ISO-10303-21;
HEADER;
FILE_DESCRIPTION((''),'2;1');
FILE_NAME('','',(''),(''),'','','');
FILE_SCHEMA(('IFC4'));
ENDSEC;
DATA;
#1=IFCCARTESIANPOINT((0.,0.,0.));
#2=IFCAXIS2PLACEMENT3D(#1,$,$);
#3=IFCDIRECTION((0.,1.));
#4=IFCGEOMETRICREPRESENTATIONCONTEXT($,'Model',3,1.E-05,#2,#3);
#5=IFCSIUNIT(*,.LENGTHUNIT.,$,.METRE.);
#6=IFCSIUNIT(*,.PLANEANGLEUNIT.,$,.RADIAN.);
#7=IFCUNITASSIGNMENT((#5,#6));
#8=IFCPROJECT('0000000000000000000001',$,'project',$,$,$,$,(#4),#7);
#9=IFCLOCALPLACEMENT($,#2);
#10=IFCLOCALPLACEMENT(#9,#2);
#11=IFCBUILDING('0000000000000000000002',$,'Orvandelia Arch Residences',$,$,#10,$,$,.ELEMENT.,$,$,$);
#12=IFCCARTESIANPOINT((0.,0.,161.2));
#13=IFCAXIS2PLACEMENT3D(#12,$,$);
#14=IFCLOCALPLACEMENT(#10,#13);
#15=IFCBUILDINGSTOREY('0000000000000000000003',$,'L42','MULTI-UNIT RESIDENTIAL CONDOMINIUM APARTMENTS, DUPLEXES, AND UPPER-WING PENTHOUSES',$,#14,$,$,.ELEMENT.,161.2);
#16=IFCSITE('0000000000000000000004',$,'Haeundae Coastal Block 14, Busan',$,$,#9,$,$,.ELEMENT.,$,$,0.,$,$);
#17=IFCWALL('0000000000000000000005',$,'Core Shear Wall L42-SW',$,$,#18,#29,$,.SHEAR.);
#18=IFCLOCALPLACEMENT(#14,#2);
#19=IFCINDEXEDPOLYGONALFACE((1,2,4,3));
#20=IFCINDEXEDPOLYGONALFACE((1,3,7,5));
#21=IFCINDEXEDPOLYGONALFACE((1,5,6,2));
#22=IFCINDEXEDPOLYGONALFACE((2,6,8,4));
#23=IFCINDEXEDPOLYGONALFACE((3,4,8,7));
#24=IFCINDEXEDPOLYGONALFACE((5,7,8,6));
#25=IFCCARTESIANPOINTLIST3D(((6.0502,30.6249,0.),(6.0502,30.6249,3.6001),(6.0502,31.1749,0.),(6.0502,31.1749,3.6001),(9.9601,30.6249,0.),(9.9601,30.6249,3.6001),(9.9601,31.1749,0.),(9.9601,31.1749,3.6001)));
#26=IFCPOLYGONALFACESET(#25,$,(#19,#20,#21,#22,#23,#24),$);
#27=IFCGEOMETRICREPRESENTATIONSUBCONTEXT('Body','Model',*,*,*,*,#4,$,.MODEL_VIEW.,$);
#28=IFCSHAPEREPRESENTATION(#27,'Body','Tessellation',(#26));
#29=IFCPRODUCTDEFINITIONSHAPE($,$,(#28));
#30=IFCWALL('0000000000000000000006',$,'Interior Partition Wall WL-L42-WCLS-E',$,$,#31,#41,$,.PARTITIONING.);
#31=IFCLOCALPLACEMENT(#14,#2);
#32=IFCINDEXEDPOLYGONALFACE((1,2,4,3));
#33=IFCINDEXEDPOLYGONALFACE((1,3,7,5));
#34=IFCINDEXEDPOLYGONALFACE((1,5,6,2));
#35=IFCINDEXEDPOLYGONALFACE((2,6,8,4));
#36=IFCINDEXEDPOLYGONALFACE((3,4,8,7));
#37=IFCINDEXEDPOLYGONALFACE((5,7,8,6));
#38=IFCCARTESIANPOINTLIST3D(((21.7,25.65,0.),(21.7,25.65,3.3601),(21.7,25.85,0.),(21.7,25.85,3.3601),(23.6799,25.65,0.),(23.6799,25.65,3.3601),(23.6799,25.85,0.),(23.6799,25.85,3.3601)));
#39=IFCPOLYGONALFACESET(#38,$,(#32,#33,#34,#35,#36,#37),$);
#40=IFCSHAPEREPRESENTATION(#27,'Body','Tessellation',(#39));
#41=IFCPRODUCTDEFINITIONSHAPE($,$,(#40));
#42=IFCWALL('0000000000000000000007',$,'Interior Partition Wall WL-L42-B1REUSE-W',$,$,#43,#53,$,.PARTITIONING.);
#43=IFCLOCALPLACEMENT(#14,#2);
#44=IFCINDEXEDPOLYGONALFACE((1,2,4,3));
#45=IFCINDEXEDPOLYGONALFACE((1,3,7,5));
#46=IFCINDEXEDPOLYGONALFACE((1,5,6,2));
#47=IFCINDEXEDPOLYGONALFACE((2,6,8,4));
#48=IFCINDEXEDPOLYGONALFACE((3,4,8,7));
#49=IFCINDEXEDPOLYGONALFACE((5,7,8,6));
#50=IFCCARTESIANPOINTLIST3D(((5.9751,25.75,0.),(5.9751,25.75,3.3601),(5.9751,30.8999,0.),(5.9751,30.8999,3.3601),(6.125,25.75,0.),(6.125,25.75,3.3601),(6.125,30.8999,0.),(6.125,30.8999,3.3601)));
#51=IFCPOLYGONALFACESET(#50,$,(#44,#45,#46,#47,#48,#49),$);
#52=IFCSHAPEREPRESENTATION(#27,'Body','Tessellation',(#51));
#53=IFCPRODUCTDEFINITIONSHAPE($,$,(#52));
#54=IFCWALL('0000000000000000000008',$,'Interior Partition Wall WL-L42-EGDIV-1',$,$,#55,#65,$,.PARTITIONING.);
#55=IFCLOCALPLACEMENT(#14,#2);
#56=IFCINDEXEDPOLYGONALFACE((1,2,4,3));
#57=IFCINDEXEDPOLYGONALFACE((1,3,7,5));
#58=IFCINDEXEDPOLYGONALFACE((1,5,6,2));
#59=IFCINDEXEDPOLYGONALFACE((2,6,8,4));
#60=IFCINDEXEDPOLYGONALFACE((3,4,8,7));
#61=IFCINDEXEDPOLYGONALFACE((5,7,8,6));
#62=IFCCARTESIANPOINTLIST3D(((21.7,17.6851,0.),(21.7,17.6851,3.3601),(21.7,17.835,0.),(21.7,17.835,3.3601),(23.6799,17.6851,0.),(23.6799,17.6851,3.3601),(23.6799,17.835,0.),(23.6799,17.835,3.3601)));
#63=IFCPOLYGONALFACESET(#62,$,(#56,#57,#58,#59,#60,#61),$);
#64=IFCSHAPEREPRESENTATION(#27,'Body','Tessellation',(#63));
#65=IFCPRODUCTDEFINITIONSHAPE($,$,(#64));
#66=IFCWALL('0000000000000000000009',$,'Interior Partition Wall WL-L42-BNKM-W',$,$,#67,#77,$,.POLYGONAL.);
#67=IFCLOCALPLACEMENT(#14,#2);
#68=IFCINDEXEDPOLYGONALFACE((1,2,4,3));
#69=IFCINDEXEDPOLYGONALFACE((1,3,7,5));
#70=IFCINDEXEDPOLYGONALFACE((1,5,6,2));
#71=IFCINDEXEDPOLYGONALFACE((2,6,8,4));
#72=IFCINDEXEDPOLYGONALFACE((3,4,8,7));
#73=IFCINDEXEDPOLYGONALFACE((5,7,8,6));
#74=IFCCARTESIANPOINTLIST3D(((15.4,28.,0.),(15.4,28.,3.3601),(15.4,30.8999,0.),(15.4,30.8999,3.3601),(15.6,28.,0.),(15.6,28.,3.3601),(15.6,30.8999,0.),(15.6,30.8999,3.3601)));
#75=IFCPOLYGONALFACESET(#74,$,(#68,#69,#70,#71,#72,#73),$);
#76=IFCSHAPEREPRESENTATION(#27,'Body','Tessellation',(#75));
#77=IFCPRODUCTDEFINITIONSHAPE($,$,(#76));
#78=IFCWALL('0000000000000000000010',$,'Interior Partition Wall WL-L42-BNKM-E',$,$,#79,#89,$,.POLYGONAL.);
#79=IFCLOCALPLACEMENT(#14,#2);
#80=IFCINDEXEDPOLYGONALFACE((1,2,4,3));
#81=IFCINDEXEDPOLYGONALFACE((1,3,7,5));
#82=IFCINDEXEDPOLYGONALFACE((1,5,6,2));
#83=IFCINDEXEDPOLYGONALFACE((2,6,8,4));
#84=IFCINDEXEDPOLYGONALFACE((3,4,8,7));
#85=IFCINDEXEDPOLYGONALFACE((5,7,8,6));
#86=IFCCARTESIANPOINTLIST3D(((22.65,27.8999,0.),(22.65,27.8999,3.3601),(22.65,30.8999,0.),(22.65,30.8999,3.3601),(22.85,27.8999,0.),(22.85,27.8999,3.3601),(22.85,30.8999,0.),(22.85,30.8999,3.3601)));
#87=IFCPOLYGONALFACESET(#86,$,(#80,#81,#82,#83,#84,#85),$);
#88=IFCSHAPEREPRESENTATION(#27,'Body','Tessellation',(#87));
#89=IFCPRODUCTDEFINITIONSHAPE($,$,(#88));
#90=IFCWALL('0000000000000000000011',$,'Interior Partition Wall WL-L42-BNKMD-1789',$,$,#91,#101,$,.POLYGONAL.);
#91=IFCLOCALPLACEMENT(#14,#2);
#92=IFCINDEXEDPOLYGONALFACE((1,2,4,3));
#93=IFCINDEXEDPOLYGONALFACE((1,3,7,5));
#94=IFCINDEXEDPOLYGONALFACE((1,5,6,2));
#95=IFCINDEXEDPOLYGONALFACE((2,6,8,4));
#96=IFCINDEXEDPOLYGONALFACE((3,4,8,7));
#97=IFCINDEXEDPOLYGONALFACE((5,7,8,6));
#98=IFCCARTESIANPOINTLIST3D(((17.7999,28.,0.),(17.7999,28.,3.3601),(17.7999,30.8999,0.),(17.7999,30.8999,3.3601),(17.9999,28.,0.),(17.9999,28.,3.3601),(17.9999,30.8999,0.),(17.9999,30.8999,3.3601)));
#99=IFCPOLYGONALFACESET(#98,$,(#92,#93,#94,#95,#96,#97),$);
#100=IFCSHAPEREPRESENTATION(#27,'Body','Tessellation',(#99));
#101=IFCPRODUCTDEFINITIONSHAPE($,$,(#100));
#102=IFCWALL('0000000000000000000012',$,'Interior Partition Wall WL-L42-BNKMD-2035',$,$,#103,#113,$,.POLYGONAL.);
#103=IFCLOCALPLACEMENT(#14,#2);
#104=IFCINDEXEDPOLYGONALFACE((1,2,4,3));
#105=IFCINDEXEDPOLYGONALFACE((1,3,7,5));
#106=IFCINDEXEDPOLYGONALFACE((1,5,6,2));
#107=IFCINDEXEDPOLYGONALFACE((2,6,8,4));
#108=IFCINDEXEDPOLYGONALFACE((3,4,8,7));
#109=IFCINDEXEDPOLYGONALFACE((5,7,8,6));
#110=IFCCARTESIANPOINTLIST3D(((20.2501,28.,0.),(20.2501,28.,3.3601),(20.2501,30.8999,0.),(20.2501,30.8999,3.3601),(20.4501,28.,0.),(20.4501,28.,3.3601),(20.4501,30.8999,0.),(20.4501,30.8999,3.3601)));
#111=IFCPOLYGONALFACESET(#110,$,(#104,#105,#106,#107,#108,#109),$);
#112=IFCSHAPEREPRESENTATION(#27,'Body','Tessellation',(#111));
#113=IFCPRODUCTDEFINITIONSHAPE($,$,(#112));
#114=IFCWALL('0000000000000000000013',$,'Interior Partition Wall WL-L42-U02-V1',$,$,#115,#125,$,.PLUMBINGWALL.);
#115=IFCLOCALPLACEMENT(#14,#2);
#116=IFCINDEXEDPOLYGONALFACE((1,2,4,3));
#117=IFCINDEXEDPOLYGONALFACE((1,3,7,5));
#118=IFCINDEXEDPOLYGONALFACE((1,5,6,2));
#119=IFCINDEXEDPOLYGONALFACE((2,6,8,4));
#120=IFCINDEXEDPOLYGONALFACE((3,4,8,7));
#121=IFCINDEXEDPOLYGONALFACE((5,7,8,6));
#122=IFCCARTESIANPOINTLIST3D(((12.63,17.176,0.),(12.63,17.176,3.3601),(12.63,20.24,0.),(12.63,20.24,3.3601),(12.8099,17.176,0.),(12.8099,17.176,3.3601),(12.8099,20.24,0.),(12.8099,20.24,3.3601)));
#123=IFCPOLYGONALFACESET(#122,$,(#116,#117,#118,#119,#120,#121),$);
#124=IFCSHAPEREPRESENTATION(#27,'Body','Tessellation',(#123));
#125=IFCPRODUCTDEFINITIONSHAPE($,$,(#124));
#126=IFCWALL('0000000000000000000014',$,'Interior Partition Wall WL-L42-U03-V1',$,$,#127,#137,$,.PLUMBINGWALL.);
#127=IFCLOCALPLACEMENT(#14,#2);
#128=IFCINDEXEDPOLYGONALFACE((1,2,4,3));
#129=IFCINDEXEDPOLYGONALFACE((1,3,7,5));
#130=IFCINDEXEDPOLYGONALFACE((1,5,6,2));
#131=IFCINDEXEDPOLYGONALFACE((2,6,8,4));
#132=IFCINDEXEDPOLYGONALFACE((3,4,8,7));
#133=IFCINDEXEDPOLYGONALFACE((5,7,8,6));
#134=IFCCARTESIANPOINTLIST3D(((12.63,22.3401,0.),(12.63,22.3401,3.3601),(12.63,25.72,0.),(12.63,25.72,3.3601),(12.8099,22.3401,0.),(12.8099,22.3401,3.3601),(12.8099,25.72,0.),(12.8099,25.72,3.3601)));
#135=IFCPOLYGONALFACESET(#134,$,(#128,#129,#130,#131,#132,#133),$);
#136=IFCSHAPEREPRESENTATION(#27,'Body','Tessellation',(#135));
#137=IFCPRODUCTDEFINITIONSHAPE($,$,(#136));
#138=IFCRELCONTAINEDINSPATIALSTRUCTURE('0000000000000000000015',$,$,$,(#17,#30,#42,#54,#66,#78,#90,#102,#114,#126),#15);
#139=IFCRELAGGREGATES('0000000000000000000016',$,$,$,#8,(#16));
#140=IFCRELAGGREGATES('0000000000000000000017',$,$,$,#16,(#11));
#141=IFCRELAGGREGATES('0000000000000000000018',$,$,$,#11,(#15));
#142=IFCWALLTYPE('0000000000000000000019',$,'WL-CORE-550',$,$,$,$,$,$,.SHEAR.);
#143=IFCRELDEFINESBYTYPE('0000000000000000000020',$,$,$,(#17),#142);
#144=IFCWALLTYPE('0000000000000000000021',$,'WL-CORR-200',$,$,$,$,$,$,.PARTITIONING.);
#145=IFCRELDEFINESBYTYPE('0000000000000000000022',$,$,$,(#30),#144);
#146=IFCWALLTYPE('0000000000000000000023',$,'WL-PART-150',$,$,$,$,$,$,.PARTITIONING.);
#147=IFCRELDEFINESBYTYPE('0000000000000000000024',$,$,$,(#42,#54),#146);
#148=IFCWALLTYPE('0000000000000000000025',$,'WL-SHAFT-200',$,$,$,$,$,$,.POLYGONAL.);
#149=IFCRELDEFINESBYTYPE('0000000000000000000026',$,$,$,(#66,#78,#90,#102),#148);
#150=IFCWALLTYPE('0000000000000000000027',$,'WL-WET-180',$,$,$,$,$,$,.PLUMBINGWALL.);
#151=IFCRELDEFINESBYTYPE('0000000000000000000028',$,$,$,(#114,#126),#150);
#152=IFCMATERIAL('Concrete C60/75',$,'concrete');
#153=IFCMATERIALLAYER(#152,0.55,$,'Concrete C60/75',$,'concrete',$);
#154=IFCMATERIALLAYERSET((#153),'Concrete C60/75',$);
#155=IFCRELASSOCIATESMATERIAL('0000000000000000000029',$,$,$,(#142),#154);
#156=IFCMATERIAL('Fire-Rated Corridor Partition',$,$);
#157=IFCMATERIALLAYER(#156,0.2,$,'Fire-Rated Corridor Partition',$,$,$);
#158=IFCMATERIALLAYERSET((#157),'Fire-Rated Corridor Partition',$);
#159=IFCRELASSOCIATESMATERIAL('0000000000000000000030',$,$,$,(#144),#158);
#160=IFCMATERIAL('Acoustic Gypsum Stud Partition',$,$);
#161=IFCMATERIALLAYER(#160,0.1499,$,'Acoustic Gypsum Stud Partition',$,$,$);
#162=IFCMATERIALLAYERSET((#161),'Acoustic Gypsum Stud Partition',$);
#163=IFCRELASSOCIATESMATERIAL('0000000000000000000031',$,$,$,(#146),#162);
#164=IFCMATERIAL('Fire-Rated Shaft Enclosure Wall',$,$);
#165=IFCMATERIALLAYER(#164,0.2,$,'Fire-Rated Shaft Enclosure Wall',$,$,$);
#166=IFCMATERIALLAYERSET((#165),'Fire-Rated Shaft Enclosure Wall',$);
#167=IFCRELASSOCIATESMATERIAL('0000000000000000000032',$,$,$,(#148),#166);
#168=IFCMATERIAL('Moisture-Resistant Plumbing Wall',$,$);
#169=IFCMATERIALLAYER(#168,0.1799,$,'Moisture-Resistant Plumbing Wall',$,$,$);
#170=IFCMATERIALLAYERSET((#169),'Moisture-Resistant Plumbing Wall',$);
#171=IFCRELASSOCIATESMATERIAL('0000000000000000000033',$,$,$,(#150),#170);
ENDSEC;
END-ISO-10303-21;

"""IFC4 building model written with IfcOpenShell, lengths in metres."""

from ifc_helpers import new_model, si_unit, direction, frame, frame_2d, origin, place, context, subcontext, project, spatial, rectangle, extrude, material, layer, layer_set, type_object, element, save


model = new_model("IFC4")

# Units and contexts
model_context = context("Model", 3, precision=1e-05, world=origin(), true_north=direction((0.0, 1.0)))
body_context = subcontext(model_context, "Body", "Model", "MODEL_VIEW")
ifc_project = project(units=[si_unit("LENGTHUNIT", "METRE"), si_unit("PLANEANGLEUNIT", "RADIAN")], contexts=[model_context])

# Site, building, storey
site_placement = place(None, origin())
site = spatial("IfcSite", under=ifc_project, at=site_placement, Name="Haeundae Coastal Block 14, Busan", CompositionType="ELEMENT", RefElevation=0.0)
building_placement = place(site_placement, origin())
building = spatial("IfcBuilding", under=site, at=building_placement, Name="Orvandelia Arch Residences", CompositionType="ELEMENT")
storey_placement = place(building_placement, frame((0.0, 0.0, 161.2)))
storey = spatial("IfcBuildingStorey", under=building, at=storey_placement, Name="L42", Description="MULTI-UNIT RESIDENTIAL CONDOMINIUM APARTMENTS, DUPLEXES, AND UPPER-WING PENTHOUSES", CompositionType="ELEMENT", Elevation=161.2)

# Shared definitions
ifc_material_1 = material(Name="Concrete C60/75", Category="concrete")

# Shared definitions
ifc_layer_1 = layer(ifc_material_1, 0.55, Name="Concrete C60/75", Category="concrete")
ifc_layer_set_1 = layer_set([ifc_layer_1], Name="Concrete C60/75")
wall_type_1 = type_object("IfcWallType", Name="WL-CORE-550", PredefinedType="SHEAR", material=ifc_layer_set_1)

# Walls
wall_1_placement = place(storey_placement, frame((6.05, 30.8999, 0.0), z_axis=(0.0, 0.0, 1.0), x_axis=(1.0, 0.0, 0.0)))
element("IfcWall", 1, at=wall_1_placement, inside=storey, type_object=wall_type_1, Name="Core Shear Wall L42-SW", PredefinedType="SHEAR", context=body_context, shape_type="SweptSolid", body=[
    extrude(rectangle(XDim=3.9099, YDim=0.55, at=frame_2d((1.9551, 0.0))), origin(), (0.0, 0.0, 1.0), 3.6001),
])
ifc_material_2 = material(Name="Fire-Rated Corridor Partition")
ifc_layer_2 = layer(ifc_material_2, 0.2, Name="Fire-Rated Corridor Partition")
ifc_layer_set_2 = layer_set([ifc_layer_2], Name="Fire-Rated Corridor Partition")
wall_type_2 = type_object("IfcWallType", Name="WL-CORR-200", PredefinedType="PARTITIONING", material=ifc_layer_set_2)
wall_2_placement = place(storey_placement, frame((21.7, 25.75, 0.0), z_axis=(0.0, 0.0, 1.0), x_axis=(1.0, 0.0, 0.0)))
element("IfcWall", 2, at=wall_2_placement, inside=storey, type_object=wall_type_2, Name="Interior Partition Wall WL-L42-WCLS-E", PredefinedType="PARTITIONING", context=body_context, shape_type="SweptSolid", body=[
    extrude(rectangle(XDim=1.98, YDim=0.2, at=frame_2d((0.99, 0.0))), origin(), (0.0, 0.0, 1.0), 3.3601),
])
ifc_material_3 = material(Name="Acoustic Gypsum Stud Partition")
ifc_layer_3 = layer(ifc_material_3, 0.1499, Name="Acoustic Gypsum Stud Partition")
ifc_layer_set_3 = layer_set([ifc_layer_3], Name="Acoustic Gypsum Stud Partition")
wall_type_3 = type_object("IfcWallType", Name="WL-PART-150", PredefinedType="PARTITIONING", material=ifc_layer_set_3)
wall_3_placement = place(storey_placement, frame((6.05, 25.75, 0.0), z_axis=(0.0, 0.0, 1.0), x_axis=(0.0, 1.0, 0.0)))
element("IfcWall", 3, at=wall_3_placement, inside=storey, type_object=wall_type_3, Name="Interior Partition Wall WL-L42-B1REUSE-W", PredefinedType="PARTITIONING", context=body_context, shape_type="SweptSolid", body=[
    extrude(rectangle(XDim=5.1499, YDim=0.1499, at=frame_2d((2.575, 0.0))), origin(), (0.0, 0.0, 1.0), 3.3601),
])
wall_4_placement = place(storey_placement, frame((21.7, 17.76, 0.0), z_axis=(0.0, 0.0, 1.0), x_axis=(1.0, 0.0, 0.0)))
element("IfcWall", 4, at=wall_4_placement, inside=storey, type_object=wall_type_3, Name="Interior Partition Wall WL-L42-EGDIV-1", PredefinedType="PARTITIONING", context=body_context, shape_type="SweptSolid", body=[
    extrude(rectangle(XDim=1.98, YDim=0.1499, at=frame_2d((0.99, 0.0))), origin(), (0.0, 0.0, 1.0), 3.3601),
])

# Shared definitions
ifc_material_4 = material(Name="Fire-Rated Shaft Enclosure Wall")
ifc_layer_4 = layer(ifc_material_4, 0.2, Name="Fire-Rated Shaft Enclosure Wall")
ifc_layer_set_4 = layer_set([ifc_layer_4], Name="Fire-Rated Shaft Enclosure Wall")
wall_type_4 = type_object("IfcWallType", Name="WL-SHAFT-200", PredefinedType="POLYGONAL", material=ifc_layer_set_4)

# Walls
wall_5_placement = place(storey_placement, frame((15.5, 28.0, 0.0), z_axis=(0.0, 0.0, 1.0), x_axis=(0.0, 1.0, 0.0)))
element("IfcWall", 5, at=wall_5_placement, inside=storey, type_object=wall_type_4, Name="Interior Partition Wall WL-L42-BNKM-W", PredefinedType="POLYGONAL", context=body_context, shape_type="SweptSolid", body=[
    extrude(rectangle(XDim=2.8999, YDim=0.2, at=frame_2d((1.45, 0.0))), origin(), (0.0, 0.0, 1.0), 3.3601),
])
wall_6_placement = place(storey_placement, frame((22.75, 27.8999, 0.0), z_axis=(0.0, 0.0, 1.0), x_axis=(0.0, 1.0, 0.0)))
element("IfcWall", 6, at=wall_6_placement, inside=storey, type_object=wall_type_4, Name="Interior Partition Wall WL-L42-BNKM-E", PredefinedType="POLYGONAL", context=body_context, shape_type="SweptSolid", body=[
    extrude(rectangle(XDim=3.0, YDim=0.2, at=frame_2d((1.5, 0.0))), origin(), (0.0, 0.0, 1.0), 3.3601),
])
for number, where, z_axis, x_axis, name in (
    (7, (17.8999, 28.0, 0.0), (0.0, 0.0, 1.0), (0.0, 1.0, 0.0), "Interior Partition Wall WL-L42-BNKMD-1789"),
    (8, (20.3501, 28.0, 0.0), (0.0, 0.0, 1.0), (0.0, 1.0, 0.0), "Interior Partition Wall WL-L42-BNKMD-2035"),
):
    element("IfcWall", number, at=place(storey_placement, frame(where, z_axis=z_axis, x_axis=x_axis)), inside=storey, type_object=wall_type_4, Name=name, PredefinedType="POLYGONAL", context=body_context, shape_type="SweptSolid", body=[
        extrude(rectangle(XDim=2.8999, YDim=0.2, at=frame_2d((1.45, 0.0))), origin(), (0.0, 0.0, 1.0), 3.3601),
    ])
ifc_material_5 = material(Name="Moisture-Resistant Plumbing Wall")
ifc_layer_5 = layer(ifc_material_5, 0.1799, Name="Moisture-Resistant Plumbing Wall")
ifc_layer_set_5 = layer_set([ifc_layer_5], Name="Moisture-Resistant Plumbing Wall")
wall_type_5 = type_object("IfcWallType", Name="WL-WET-180", PredefinedType="PLUMBINGWALL", material=ifc_layer_set_5)
wall_7_placement = place(storey_placement, frame((12.72, 17.176, 0.0), z_axis=(0.0, 0.0, 1.0), x_axis=(0.0, 1.0, 0.0)))
element("IfcWall", 9, at=wall_7_placement, inside=storey, type_object=wall_type_5, Name="Interior Partition Wall WL-L42-U02-V1", PredefinedType="PLUMBINGWALL", context=body_context, shape_type="SweptSolid", body=[
    extrude(rectangle(XDim=3.064, YDim=0.1799, at=frame_2d((1.532, 0.0))), origin(), (0.0, 0.0, 1.0), 3.3601),
])
wall_8_placement = place(storey_placement, frame((12.72, 22.3401, 0.0), z_axis=(0.0, 0.0, 1.0), x_axis=(0.0, 1.0, 0.0)))
element("IfcWall", 10, at=wall_8_placement, inside=storey, type_object=wall_type_5, Name="Interior Partition Wall WL-L42-U03-V1", PredefinedType="PLUMBINGWALL", context=body_context, shape_type="SweptSolid", body=[
    extrude(rectangle(XDim=3.3799, YDim=0.1799, at=frame_2d((1.6899, 0.0))), origin(), (0.0, 0.0, 1.0), 3.3601),
])

save(model, "model.ifc")
